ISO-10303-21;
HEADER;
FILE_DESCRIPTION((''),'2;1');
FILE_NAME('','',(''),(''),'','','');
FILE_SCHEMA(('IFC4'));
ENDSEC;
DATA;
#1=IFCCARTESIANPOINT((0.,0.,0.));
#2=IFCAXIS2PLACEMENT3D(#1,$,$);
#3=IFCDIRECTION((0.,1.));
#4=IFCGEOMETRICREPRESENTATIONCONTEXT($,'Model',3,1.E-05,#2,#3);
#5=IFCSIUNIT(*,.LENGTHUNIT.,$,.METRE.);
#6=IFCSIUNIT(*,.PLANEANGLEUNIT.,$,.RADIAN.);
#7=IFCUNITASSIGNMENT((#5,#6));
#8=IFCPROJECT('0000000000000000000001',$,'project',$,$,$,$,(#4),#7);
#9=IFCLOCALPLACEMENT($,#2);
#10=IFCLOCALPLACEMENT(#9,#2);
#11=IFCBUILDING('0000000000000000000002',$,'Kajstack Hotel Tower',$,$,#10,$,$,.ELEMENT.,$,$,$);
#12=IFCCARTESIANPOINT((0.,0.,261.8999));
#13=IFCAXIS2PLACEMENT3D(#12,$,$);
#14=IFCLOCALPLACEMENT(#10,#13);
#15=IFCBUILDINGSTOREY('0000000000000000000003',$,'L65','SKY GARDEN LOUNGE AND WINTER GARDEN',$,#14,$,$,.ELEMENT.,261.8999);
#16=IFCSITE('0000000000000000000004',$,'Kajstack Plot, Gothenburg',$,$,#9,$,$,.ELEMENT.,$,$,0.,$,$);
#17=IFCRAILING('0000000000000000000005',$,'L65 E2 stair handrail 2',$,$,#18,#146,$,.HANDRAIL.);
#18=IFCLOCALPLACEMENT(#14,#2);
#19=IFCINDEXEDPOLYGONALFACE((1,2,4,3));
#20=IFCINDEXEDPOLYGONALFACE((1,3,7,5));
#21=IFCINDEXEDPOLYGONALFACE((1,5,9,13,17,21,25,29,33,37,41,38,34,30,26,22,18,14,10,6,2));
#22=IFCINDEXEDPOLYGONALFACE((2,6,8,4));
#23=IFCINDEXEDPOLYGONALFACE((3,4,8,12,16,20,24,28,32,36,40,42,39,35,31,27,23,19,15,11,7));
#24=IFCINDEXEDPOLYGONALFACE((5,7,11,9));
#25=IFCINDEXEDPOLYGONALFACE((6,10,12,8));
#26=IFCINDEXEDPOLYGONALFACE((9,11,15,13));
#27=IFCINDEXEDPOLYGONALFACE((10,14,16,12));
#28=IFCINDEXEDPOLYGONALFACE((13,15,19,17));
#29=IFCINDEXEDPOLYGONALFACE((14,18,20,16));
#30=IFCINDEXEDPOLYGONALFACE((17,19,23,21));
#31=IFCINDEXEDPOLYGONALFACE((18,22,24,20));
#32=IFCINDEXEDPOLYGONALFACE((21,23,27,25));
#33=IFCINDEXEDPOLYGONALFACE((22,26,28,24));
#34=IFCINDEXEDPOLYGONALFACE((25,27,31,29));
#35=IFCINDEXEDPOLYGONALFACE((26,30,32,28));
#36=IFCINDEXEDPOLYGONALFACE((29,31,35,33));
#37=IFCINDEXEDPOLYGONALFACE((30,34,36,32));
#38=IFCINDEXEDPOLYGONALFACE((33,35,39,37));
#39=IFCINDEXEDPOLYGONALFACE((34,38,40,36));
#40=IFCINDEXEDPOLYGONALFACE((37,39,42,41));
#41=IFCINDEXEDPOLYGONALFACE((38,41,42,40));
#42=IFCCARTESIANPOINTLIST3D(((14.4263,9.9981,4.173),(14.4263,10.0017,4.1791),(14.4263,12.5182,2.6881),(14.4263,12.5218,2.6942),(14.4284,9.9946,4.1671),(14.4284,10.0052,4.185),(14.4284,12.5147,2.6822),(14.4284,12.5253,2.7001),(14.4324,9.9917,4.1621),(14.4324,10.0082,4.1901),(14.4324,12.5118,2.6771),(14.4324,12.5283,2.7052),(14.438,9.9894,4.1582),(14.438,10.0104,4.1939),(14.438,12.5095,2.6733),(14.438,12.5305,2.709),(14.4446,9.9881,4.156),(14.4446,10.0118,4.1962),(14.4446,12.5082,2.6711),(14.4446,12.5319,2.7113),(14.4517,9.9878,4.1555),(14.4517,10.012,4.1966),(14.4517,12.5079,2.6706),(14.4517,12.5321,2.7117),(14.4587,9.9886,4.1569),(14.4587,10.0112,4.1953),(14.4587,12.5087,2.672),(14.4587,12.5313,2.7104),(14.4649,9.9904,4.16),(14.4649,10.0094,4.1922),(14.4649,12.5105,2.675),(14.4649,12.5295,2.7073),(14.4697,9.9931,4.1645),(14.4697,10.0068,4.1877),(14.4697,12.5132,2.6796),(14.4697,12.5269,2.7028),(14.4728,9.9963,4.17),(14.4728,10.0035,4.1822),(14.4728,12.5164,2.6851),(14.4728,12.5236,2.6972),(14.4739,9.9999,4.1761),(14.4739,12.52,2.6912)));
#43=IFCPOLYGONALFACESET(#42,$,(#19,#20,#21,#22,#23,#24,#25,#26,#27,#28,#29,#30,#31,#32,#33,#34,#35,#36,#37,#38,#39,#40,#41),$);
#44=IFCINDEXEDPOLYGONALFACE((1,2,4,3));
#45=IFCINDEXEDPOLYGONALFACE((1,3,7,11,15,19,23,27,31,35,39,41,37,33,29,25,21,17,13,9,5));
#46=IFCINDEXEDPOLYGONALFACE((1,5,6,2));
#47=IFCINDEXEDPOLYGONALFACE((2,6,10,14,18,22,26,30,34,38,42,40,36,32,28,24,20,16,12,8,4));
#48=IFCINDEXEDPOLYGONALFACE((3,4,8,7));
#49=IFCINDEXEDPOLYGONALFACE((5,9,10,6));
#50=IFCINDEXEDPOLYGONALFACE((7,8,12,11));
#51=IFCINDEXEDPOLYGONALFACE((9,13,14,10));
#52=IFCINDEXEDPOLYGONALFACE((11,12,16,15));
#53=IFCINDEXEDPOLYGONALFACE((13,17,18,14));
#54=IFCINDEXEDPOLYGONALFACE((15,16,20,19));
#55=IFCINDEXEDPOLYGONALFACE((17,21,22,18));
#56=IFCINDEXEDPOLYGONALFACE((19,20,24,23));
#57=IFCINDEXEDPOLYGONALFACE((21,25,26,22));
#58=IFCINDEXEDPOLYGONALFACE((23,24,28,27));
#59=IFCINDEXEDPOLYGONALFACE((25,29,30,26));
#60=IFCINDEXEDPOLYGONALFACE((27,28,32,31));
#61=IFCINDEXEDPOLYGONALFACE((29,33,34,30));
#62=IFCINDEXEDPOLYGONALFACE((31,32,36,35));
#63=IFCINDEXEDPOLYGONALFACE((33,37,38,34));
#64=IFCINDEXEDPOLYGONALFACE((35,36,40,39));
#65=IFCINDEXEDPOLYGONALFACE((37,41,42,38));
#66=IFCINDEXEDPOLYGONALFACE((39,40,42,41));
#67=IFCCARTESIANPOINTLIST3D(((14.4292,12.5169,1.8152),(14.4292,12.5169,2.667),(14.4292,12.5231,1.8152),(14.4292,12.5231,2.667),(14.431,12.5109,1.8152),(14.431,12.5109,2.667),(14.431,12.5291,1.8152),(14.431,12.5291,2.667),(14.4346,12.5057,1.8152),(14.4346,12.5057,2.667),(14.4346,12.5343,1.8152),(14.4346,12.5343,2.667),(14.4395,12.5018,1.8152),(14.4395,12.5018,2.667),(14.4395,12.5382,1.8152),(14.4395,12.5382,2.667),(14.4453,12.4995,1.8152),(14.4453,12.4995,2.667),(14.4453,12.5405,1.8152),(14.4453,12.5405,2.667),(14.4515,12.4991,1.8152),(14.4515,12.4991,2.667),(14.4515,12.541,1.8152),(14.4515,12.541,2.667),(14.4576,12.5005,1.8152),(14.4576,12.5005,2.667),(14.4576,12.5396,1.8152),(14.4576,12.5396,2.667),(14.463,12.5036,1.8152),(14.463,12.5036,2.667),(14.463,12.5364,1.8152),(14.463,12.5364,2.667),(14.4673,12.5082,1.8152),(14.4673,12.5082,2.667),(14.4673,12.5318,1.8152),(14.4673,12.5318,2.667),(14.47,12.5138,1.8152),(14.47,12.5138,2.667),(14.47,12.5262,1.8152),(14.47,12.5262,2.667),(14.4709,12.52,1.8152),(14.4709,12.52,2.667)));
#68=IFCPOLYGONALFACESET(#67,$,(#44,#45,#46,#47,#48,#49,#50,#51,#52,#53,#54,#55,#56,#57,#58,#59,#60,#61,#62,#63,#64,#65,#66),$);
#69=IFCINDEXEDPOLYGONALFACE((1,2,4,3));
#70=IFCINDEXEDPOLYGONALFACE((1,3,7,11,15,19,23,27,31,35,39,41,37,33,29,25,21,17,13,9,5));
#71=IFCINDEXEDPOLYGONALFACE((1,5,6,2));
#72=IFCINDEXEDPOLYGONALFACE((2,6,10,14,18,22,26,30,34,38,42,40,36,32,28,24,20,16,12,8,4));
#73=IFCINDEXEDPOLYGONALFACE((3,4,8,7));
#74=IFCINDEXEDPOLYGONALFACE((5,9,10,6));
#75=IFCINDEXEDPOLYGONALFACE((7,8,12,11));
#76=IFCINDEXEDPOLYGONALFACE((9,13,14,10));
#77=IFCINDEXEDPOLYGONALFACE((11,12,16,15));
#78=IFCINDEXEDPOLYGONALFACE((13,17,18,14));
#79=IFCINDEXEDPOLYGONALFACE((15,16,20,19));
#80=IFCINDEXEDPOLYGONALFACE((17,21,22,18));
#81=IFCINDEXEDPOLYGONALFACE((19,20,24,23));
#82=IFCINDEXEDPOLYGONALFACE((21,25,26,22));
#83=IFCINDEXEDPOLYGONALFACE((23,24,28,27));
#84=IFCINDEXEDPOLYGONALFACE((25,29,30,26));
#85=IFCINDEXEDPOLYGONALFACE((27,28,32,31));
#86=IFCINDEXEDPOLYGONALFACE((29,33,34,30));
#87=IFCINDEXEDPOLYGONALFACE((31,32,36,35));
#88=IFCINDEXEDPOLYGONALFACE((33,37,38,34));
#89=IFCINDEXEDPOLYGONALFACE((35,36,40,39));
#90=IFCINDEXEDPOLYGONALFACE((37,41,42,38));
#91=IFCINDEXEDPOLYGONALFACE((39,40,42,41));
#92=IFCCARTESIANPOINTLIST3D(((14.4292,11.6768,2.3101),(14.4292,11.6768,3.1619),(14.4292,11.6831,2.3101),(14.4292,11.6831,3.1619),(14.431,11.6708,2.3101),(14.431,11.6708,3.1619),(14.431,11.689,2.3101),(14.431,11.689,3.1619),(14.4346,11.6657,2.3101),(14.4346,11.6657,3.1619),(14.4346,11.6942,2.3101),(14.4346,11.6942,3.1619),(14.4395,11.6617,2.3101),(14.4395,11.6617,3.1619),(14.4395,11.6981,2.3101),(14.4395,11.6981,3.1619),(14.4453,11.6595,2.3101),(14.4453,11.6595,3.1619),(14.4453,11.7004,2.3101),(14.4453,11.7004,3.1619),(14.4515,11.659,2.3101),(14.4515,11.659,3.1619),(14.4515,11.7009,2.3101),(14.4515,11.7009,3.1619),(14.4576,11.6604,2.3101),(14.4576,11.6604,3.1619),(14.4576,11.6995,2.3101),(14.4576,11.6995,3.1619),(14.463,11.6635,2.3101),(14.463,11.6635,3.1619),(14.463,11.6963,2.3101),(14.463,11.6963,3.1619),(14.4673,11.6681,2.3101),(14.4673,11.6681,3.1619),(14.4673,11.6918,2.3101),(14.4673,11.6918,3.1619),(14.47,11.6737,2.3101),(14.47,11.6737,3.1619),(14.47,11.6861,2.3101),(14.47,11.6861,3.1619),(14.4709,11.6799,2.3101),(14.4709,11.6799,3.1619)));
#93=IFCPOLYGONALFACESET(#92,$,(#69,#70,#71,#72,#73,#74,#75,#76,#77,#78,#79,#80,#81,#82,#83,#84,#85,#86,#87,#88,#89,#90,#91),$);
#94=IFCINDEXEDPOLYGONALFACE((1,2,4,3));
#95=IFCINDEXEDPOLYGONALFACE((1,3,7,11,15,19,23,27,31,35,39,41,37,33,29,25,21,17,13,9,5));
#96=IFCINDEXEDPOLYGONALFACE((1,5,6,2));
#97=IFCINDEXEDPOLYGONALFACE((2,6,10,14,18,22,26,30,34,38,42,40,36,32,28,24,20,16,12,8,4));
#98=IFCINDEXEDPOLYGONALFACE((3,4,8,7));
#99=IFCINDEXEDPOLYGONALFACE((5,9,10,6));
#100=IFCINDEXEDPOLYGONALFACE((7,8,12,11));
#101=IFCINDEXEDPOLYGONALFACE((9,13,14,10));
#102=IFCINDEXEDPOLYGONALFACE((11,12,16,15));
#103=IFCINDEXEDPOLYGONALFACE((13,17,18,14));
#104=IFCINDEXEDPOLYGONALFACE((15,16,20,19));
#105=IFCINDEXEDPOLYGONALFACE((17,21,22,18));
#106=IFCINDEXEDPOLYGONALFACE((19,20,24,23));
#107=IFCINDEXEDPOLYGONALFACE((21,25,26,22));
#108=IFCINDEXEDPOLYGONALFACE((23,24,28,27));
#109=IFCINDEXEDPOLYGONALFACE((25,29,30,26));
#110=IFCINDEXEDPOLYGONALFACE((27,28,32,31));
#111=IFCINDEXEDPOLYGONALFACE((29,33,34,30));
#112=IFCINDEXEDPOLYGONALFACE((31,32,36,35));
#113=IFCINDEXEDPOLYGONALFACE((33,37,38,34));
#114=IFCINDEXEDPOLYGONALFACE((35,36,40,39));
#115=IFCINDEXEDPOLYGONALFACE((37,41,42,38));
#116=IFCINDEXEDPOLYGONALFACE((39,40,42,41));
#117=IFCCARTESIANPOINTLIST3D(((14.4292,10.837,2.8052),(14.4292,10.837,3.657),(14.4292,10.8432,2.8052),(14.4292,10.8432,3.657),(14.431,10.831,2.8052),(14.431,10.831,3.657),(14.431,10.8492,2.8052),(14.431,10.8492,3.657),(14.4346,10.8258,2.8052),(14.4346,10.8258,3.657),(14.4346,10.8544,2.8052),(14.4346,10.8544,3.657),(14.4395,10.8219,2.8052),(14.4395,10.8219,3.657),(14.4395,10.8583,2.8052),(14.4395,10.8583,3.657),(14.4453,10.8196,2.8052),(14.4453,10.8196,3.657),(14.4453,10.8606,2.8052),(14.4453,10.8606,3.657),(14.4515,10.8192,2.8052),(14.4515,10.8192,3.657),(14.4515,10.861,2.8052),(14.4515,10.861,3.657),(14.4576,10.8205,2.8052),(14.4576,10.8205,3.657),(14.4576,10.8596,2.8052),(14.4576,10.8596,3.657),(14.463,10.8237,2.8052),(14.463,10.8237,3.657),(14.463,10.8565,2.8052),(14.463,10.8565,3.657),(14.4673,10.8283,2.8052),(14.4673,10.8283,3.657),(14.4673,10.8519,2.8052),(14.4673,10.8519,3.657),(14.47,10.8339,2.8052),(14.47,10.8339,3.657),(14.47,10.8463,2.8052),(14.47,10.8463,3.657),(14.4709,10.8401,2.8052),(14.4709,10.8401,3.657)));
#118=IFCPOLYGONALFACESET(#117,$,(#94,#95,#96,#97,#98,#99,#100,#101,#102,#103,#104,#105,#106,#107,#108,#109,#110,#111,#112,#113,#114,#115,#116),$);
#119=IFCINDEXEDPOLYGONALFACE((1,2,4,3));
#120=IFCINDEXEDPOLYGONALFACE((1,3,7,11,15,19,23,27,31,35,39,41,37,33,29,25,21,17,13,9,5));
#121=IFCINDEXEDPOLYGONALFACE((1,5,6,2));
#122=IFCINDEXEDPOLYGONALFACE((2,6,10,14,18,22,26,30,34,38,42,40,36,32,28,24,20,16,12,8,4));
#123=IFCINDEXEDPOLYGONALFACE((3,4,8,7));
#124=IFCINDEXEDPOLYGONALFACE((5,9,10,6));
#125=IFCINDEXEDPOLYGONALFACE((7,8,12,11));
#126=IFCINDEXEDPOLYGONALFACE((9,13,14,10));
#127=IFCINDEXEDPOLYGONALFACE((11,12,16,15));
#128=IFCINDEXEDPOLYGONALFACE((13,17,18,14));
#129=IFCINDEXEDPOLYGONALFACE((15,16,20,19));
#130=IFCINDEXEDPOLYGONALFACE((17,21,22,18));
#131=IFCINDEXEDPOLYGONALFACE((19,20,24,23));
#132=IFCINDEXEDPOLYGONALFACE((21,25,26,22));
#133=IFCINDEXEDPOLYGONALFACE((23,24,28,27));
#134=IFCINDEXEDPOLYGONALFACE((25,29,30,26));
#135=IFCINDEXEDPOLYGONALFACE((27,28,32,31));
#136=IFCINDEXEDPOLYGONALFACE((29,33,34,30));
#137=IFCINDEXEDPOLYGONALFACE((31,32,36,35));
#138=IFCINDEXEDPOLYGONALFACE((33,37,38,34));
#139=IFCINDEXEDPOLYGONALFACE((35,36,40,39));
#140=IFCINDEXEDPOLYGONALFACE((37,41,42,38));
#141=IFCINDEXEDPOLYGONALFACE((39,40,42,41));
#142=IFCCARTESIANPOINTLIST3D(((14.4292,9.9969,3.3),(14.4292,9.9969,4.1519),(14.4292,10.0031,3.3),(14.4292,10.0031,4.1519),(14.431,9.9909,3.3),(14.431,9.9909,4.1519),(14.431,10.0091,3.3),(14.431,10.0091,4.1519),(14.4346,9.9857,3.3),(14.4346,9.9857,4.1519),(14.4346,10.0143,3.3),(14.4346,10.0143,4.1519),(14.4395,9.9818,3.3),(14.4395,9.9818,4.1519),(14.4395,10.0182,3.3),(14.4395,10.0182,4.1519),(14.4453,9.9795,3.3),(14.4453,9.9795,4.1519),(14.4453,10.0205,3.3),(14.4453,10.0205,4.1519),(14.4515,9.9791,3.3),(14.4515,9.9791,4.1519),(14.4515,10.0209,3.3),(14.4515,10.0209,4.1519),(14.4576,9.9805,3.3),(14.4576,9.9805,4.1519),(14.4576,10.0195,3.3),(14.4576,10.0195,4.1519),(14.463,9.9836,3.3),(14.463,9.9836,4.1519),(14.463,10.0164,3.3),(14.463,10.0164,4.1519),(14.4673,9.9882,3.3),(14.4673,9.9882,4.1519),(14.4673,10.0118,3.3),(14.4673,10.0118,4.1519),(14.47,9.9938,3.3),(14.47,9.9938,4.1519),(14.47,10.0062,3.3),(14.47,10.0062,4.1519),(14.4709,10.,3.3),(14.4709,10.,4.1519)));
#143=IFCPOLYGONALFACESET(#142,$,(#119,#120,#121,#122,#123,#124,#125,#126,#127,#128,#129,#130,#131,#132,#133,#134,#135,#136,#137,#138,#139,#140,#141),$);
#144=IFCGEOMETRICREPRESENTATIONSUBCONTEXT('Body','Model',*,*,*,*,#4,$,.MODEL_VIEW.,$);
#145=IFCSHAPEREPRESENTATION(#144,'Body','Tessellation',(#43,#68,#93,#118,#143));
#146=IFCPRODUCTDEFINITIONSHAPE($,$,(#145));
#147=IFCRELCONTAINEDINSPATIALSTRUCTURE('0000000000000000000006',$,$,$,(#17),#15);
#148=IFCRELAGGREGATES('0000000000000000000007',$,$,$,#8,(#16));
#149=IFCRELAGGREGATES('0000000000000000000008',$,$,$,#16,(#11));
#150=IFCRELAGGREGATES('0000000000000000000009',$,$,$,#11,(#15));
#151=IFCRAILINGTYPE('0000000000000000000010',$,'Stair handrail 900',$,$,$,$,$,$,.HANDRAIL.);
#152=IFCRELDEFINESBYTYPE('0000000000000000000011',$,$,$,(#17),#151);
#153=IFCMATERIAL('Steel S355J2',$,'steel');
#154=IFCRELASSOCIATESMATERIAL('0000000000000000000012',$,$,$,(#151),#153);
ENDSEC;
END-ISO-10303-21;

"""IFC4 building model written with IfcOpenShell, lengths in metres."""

from ifc_helpers import new_model, si_unit, direction, frame, origin, origin_2d, place, context, subcontext, project, spatial, circle, extrude, material, type_object, element, save


model = new_model("IFC4")

# Units and contexts
model_context = context("Model", 3, precision=1e-05, world=origin(), true_north=direction((0.0, 1.0)))
body_context = subcontext(model_context, "Body", "Model", "MODEL_VIEW")
ifc_project = project(units=[si_unit("LENGTHUNIT", "METRE"), si_unit("PLANEANGLEUNIT", "RADIAN")], contexts=[model_context])

# Site, building, storey
site_placement = place(None, origin())
site = spatial("IfcSite", under=ifc_project, at=site_placement, Name="Kajstack Plot, Gothenburg", CompositionType="ELEMENT", RefElevation=0.0)
building_placement = place(site_placement, origin())
building = spatial("IfcBuilding", under=site, at=building_placement, Name="Kajstack Hotel Tower", CompositionType="ELEMENT")
storey_placement = place(building_placement, frame((0.0, 0.0, 261.8999)))
storey = spatial("IfcBuildingStorey", under=building, at=storey_placement, Name="L65", Description="SKY GARDEN LOUNGE AND WINTER GARDEN", CompositionType="ELEMENT", Elevation=261.8999)

# Railing
ifc_material_1 = material(Name="Steel S355J2", Category="steel")
railing_type_1 = type_object("IfcRailingType", Name="Stair handrail 900", PredefinedType="HANDRAIL", material=ifc_material_1)
railing_1_placement = place(storey_placement, frame((14.45, 12.52, 1.8152)))
element("IfcRailing", 1, at=railing_1_placement, inside=storey, type_object=railing_type_1, Name="L65 E2 stair handrail 2", PredefinedType="HANDRAIL", context=body_context, shape_type="SweptSolid", body=[
    extrude(circle(Radius=0.0239, at=origin_2d()), frame((0.0, 0.0, 0.876), z_axis=(0.0, -0.861561, 0.507655), x_axis=(1.0, 0.0, 0.0)), (0.0, 0.0, 1.0), 2.925),
    extrude(circle(Radius=0.021, at=origin_2d()), origin(), (0.0, 0.0, 1.0), 0.8518),
    extrude(circle(Radius=0.021, at=origin_2d()), frame((0.0, -0.8401, 0.4949)), (0.0, 0.0, 1.0), 0.8518),
    extrude(circle(Radius=0.021, at=origin_2d()), frame((0.0, -1.6799, 0.99)), (0.0, 0.0, 1.0), 0.8518),
    extrude(circle(Radius=0.021, at=origin_2d()), frame((0.0, -2.52, 1.4849)), (0.0, 0.0, 1.0), 0.8518),
])

save(model, "model.ifc")
